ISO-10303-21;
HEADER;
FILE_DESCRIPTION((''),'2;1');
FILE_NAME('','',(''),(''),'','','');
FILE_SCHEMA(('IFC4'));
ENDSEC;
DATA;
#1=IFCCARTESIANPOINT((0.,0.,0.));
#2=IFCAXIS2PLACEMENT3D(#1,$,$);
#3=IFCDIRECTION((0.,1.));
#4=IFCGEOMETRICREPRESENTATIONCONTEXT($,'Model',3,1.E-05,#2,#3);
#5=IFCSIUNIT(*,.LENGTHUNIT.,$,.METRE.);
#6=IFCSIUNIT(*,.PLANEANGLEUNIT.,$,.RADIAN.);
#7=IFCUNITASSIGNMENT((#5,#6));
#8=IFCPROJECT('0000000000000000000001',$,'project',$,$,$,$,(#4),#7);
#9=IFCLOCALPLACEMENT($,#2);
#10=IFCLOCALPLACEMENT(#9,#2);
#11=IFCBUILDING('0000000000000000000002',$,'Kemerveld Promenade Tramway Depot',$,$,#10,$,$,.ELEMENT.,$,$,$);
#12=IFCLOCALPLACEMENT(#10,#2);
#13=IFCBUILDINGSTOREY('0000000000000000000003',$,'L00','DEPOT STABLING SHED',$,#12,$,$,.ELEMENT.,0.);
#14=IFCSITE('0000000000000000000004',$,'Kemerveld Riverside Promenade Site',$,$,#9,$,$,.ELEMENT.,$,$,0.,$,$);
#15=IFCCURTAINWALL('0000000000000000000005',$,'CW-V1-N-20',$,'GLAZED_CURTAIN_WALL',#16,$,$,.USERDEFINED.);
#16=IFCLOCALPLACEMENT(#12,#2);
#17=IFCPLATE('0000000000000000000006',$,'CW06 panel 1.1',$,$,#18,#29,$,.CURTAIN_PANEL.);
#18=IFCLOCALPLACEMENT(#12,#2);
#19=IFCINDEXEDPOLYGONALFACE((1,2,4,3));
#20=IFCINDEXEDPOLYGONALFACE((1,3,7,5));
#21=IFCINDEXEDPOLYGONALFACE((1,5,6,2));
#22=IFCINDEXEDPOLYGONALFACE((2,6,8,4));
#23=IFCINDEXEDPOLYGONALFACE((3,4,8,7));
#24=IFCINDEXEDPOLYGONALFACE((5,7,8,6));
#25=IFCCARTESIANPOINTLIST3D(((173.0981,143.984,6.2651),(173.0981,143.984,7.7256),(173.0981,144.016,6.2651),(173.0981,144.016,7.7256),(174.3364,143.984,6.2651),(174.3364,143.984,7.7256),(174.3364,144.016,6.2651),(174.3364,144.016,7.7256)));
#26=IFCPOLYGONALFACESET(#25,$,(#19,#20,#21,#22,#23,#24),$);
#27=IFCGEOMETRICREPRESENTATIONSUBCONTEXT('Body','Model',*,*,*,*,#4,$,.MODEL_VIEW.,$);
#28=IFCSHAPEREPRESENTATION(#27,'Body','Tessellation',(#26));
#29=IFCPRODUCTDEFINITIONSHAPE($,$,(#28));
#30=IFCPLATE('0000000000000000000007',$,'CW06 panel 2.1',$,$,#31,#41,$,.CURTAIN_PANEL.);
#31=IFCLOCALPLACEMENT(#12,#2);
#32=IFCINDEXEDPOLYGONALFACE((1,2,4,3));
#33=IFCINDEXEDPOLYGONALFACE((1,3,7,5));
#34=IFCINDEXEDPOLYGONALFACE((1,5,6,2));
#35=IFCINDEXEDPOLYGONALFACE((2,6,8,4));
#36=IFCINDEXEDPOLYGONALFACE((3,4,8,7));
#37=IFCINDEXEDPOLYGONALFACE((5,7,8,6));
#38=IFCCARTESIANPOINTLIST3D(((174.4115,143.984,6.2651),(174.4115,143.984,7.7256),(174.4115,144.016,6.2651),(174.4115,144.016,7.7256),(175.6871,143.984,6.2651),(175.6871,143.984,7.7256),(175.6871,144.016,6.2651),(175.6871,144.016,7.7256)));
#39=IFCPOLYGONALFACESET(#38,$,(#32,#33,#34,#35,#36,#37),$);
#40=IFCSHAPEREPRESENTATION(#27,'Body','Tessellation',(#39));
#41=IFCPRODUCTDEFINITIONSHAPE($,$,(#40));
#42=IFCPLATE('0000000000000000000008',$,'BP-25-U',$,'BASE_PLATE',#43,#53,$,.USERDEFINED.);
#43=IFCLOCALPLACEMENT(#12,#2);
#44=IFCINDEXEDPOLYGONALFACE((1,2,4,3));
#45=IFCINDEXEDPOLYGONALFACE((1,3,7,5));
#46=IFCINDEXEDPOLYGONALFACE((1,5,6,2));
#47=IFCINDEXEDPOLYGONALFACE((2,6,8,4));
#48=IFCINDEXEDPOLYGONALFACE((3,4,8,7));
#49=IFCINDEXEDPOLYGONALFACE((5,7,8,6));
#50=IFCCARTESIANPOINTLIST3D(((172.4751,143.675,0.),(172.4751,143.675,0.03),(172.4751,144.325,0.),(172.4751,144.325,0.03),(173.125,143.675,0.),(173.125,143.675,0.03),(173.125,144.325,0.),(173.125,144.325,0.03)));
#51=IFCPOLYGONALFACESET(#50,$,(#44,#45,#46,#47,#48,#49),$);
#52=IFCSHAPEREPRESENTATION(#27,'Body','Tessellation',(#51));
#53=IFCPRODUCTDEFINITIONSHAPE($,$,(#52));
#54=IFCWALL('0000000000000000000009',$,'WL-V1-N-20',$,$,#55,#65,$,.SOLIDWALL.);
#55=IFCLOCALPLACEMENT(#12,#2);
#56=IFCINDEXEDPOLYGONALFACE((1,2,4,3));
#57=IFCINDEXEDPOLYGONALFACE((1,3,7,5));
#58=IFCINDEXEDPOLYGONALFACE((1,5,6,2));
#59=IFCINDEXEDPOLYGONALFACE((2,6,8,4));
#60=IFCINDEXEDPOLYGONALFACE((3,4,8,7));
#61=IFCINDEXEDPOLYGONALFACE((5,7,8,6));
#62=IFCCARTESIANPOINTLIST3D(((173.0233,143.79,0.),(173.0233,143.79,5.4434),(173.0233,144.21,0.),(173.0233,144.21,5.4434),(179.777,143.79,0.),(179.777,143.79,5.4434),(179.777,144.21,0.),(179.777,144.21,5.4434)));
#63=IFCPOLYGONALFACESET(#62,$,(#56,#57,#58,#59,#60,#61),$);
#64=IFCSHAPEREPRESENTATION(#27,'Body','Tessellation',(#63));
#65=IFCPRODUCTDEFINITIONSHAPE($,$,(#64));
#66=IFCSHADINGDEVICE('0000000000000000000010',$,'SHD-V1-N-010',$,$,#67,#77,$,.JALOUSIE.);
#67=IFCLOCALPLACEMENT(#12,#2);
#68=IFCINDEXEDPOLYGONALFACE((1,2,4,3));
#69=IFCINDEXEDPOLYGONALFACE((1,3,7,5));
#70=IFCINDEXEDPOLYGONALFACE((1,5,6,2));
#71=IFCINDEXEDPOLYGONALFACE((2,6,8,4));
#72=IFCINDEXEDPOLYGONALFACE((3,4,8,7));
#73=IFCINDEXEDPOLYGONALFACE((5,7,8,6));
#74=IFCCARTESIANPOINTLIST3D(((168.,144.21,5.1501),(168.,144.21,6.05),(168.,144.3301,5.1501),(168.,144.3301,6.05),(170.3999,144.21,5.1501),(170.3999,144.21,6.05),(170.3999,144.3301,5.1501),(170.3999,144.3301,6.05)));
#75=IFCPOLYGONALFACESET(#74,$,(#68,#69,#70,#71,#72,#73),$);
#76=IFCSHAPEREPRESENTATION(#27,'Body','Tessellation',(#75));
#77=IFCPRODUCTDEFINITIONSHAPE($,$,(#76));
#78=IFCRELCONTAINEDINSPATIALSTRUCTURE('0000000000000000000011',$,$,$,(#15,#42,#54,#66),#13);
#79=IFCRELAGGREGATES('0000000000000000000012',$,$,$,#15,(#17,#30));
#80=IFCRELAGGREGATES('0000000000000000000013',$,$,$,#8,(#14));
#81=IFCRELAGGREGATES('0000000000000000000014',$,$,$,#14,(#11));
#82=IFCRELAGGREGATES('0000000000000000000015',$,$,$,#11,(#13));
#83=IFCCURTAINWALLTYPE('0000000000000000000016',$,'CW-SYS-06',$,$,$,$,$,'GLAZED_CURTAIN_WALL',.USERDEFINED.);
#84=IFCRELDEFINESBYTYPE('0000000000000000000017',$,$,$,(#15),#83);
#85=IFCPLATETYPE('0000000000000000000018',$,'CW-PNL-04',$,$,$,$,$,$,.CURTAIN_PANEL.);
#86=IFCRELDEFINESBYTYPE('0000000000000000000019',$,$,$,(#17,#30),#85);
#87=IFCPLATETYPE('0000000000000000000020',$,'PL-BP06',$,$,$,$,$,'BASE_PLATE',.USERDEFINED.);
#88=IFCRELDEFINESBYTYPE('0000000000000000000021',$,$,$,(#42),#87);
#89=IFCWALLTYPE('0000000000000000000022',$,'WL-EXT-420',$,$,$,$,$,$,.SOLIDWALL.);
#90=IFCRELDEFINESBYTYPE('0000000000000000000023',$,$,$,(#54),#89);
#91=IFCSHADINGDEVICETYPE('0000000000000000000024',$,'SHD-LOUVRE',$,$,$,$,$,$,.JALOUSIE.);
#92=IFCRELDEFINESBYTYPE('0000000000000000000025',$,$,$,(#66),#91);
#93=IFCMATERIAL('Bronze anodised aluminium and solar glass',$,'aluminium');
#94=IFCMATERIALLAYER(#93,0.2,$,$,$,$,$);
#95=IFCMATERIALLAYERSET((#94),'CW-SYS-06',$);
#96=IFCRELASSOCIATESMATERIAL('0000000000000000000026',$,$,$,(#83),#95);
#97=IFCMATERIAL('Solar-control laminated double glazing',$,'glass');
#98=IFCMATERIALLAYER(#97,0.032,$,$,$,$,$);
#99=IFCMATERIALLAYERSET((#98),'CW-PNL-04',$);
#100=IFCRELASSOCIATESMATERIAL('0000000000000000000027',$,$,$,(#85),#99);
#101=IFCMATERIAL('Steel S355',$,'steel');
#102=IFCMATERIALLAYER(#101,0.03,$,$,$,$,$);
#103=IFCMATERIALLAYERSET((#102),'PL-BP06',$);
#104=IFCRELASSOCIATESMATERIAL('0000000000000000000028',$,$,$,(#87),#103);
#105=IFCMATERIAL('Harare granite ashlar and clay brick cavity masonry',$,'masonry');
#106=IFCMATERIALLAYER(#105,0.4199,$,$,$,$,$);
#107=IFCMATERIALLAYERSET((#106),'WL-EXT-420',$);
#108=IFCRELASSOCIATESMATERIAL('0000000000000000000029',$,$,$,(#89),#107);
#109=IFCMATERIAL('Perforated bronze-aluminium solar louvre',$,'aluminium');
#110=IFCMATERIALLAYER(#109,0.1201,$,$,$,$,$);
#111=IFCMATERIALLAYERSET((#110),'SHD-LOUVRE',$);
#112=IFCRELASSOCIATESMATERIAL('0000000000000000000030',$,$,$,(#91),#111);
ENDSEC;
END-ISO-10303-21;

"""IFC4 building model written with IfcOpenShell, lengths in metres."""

from ifc_helpers import new_model, si_unit, direction, frame, frame_2d, origin, origin_2d, place, context, subcontext, project, spatial, rectangle, extrude, material, layer, layer_set, type_object, element, aggregate, save


model = new_model("IFC4")

# Units and contexts
model_context = context("Model", 3, precision=1e-05, world=origin(), true_north=direction((0.0, 1.0)))
body_context = subcontext(model_context, "Body", "Model", "MODEL_VIEW")
ifc_project = project(units=[si_unit("LENGTHUNIT", "METRE"), si_unit("PLANEANGLEUNIT", "RADIAN")], contexts=[model_context])

# Site, building, storey
site_placement = place(None, origin())
site = spatial("IfcSite", under=ifc_project, at=site_placement, Name="Kemerveld Riverside Promenade Site", CompositionType="ELEMENT", RefElevation=0.0)
building_placement = place(site_placement, origin())
building = spatial("IfcBuilding", under=site, at=building_placement, Name="Kemerveld Promenade Tramway Depot", CompositionType="ELEMENT")
storey_placement = place(building_placement, origin())
storey = spatial("IfcBuildingStorey", under=building, at=storey_placement, Name="L00", Description="DEPOT STABLING SHED", CompositionType="ELEMENT", Elevation=0.0)

# Shared definitions
ifc_material_1 = material(Name="Steel S355", Category="steel")

# Curtain wall
ifc_material_2 = material(Name="Bronze anodised aluminium and solar glass", Category="aluminium")
ifc_layer_1 = layer(ifc_material_2, 0.2)
ifc_layer_set_1 = layer_set([ifc_layer_1], Name="CW-SYS-06")
curtain_wall_type_1 = type_object("IfcCurtainWallType", Name="CW-SYS-06", ElementType="GLAZED_CURTAIN_WALL", PredefinedType="USERDEFINED", material=ifc_layer_set_1)
curtain_wall_1_placement = place(storey_placement, origin())
curtain_wall_1 = element("IfcCurtainWall", 1, at=curtain_wall_1_placement, inside=storey, type_object=curtain_wall_type_1, Name="CW-V1-N-20", ObjectType="GLAZED_CURTAIN_WALL", PredefinedType="USERDEFINED")

# Plates
ifc_material_3 = material(Name="Solar-control laminated double glazing", Category="glass")
ifc_layer_2 = layer(ifc_material_3, 0.032)
ifc_layer_set_2 = layer_set([ifc_layer_2], Name="CW-PNL-04")
plate_type_1 = type_object("IfcPlateType", Name="CW-PNL-04", PredefinedType="CURTAIN_PANEL", material=ifc_layer_set_2)
plate_1_placement = place(storey_placement, frame((173.7173, 144.0, 6.2651), z_axis=(0.0, 0.0, 1.0), x_axis=(1.0, 0.0, 0.0)))
plate_1 = element("IfcPlate", 2, at=plate_1_placement, type_object=plate_type_1, Name="CW06 panel 1.1", PredefinedType="CURTAIN_PANEL", context=body_context, shape_type="SweptSolid", body=[
    extrude(rectangle(XDim=1.2383, YDim=0.032, at=origin_2d()), origin(), (0.0, 0.0, 1.0), 1.4604),
])
plate_2_placement = place(storey_placement, frame((175.0493, 144.0, 6.2651), z_axis=(0.0, 0.0, 1.0), x_axis=(1.0, 0.0, 0.0)))
plate_2 = element("IfcPlate", 3, at=plate_2_placement, type_object=plate_type_1, Name="CW06 panel 2.1", PredefinedType="CURTAIN_PANEL", context=body_context, shape_type="SweptSolid", body=[
    extrude(rectangle(XDim=1.2756, YDim=0.032, at=origin_2d()), origin(), (0.0, 0.0, 1.0), 1.4604),
])
aggregate(curtain_wall_1, [plate_1, plate_2])
ifc_layer_3 = layer(ifc_material_1, 0.03)
ifc_layer_set_3 = layer_set([ifc_layer_3], Name="PL-BP06")
plate_type_2 = type_object("IfcPlateType", Name="PL-BP06", ElementType="BASE_PLATE", PredefinedType="USERDEFINED", material=ifc_layer_set_3)
plate_3_placement = place(storey_placement, frame((172.8, 144.0, 0.0), z_axis=(0.0, 0.0, 1.0), x_axis=(1.0, 0.0, 0.0)))
element("IfcPlate", 4, at=plate_3_placement, inside=storey, type_object=plate_type_2, Name="BP-25-U", ObjectType="BASE_PLATE", PredefinedType="USERDEFINED", context=body_context, shape_type="SweptSolid", body=[
    extrude(rectangle(XDim=0.6499, YDim=0.6499, at=origin_2d()), origin(), (0.0, 0.0, 1.0), 0.03),
])

# Wall
ifc_material_4 = material(Name="Harare granite ashlar and clay brick cavity masonry", Category="masonry")
ifc_layer_4 = layer(ifc_material_4, 0.4199)
ifc_layer_set_4 = layer_set([ifc_layer_4], Name="WL-EXT-420")
wall_type = type_object("IfcWallType", Name="WL-EXT-420", PredefinedType="SOLIDWALL", material=ifc_layer_set_4)
wall_placement = place(storey_placement, frame((173.0232, 144.0, 0.0), z_axis=(0.0, 0.0, 1.0), x_axis=(1.0, 0.0, 0.0)))
element("IfcWall", 5, at=wall_placement, inside=storey, type_object=wall_type, Name="WL-V1-N-20", PredefinedType="SOLIDWALL", context=body_context, shape_type="SweptSolid", body=[
    extrude(rectangle(XDim=6.7537, YDim=0.4199, at=frame_2d((3.377, 0.0))), origin(), (0.0, 0.0, 1.0), 5.4434),
])

# Shading device
ifc_material_5 = material(Name="Perforated bronze-aluminium solar louvre", Category="aluminium")
ifc_layer_5 = layer(ifc_material_5, 0.1201)
ifc_layer_set_5 = layer_set([ifc_layer_5], Name="SHD-LOUVRE")
shading_device_type = type_object("IfcShadingDeviceType", Name="SHD-LOUVRE", PredefinedType="JALOUSIE", material=ifc_layer_set_5)
shading_device_placement = place(storey_placement, frame((169.2, 144.27, 5.1501), z_axis=(0.0, 0.0, 1.0), x_axis=(1.0, 0.0, 0.0)))
element("IfcShadingDevice", 6, at=shading_device_placement, inside=storey, type_object=shading_device_type, Name="SHD-V1-N-010", PredefinedType="JALOUSIE", context=body_context, shape_type="SweptSolid", body=[
    extrude(rectangle(XDim=2.3999, YDim=0.1201, at=origin_2d()), origin(), (0.0, 0.0, 1.0), 0.8999),
])

save(model, "model.ifc")
